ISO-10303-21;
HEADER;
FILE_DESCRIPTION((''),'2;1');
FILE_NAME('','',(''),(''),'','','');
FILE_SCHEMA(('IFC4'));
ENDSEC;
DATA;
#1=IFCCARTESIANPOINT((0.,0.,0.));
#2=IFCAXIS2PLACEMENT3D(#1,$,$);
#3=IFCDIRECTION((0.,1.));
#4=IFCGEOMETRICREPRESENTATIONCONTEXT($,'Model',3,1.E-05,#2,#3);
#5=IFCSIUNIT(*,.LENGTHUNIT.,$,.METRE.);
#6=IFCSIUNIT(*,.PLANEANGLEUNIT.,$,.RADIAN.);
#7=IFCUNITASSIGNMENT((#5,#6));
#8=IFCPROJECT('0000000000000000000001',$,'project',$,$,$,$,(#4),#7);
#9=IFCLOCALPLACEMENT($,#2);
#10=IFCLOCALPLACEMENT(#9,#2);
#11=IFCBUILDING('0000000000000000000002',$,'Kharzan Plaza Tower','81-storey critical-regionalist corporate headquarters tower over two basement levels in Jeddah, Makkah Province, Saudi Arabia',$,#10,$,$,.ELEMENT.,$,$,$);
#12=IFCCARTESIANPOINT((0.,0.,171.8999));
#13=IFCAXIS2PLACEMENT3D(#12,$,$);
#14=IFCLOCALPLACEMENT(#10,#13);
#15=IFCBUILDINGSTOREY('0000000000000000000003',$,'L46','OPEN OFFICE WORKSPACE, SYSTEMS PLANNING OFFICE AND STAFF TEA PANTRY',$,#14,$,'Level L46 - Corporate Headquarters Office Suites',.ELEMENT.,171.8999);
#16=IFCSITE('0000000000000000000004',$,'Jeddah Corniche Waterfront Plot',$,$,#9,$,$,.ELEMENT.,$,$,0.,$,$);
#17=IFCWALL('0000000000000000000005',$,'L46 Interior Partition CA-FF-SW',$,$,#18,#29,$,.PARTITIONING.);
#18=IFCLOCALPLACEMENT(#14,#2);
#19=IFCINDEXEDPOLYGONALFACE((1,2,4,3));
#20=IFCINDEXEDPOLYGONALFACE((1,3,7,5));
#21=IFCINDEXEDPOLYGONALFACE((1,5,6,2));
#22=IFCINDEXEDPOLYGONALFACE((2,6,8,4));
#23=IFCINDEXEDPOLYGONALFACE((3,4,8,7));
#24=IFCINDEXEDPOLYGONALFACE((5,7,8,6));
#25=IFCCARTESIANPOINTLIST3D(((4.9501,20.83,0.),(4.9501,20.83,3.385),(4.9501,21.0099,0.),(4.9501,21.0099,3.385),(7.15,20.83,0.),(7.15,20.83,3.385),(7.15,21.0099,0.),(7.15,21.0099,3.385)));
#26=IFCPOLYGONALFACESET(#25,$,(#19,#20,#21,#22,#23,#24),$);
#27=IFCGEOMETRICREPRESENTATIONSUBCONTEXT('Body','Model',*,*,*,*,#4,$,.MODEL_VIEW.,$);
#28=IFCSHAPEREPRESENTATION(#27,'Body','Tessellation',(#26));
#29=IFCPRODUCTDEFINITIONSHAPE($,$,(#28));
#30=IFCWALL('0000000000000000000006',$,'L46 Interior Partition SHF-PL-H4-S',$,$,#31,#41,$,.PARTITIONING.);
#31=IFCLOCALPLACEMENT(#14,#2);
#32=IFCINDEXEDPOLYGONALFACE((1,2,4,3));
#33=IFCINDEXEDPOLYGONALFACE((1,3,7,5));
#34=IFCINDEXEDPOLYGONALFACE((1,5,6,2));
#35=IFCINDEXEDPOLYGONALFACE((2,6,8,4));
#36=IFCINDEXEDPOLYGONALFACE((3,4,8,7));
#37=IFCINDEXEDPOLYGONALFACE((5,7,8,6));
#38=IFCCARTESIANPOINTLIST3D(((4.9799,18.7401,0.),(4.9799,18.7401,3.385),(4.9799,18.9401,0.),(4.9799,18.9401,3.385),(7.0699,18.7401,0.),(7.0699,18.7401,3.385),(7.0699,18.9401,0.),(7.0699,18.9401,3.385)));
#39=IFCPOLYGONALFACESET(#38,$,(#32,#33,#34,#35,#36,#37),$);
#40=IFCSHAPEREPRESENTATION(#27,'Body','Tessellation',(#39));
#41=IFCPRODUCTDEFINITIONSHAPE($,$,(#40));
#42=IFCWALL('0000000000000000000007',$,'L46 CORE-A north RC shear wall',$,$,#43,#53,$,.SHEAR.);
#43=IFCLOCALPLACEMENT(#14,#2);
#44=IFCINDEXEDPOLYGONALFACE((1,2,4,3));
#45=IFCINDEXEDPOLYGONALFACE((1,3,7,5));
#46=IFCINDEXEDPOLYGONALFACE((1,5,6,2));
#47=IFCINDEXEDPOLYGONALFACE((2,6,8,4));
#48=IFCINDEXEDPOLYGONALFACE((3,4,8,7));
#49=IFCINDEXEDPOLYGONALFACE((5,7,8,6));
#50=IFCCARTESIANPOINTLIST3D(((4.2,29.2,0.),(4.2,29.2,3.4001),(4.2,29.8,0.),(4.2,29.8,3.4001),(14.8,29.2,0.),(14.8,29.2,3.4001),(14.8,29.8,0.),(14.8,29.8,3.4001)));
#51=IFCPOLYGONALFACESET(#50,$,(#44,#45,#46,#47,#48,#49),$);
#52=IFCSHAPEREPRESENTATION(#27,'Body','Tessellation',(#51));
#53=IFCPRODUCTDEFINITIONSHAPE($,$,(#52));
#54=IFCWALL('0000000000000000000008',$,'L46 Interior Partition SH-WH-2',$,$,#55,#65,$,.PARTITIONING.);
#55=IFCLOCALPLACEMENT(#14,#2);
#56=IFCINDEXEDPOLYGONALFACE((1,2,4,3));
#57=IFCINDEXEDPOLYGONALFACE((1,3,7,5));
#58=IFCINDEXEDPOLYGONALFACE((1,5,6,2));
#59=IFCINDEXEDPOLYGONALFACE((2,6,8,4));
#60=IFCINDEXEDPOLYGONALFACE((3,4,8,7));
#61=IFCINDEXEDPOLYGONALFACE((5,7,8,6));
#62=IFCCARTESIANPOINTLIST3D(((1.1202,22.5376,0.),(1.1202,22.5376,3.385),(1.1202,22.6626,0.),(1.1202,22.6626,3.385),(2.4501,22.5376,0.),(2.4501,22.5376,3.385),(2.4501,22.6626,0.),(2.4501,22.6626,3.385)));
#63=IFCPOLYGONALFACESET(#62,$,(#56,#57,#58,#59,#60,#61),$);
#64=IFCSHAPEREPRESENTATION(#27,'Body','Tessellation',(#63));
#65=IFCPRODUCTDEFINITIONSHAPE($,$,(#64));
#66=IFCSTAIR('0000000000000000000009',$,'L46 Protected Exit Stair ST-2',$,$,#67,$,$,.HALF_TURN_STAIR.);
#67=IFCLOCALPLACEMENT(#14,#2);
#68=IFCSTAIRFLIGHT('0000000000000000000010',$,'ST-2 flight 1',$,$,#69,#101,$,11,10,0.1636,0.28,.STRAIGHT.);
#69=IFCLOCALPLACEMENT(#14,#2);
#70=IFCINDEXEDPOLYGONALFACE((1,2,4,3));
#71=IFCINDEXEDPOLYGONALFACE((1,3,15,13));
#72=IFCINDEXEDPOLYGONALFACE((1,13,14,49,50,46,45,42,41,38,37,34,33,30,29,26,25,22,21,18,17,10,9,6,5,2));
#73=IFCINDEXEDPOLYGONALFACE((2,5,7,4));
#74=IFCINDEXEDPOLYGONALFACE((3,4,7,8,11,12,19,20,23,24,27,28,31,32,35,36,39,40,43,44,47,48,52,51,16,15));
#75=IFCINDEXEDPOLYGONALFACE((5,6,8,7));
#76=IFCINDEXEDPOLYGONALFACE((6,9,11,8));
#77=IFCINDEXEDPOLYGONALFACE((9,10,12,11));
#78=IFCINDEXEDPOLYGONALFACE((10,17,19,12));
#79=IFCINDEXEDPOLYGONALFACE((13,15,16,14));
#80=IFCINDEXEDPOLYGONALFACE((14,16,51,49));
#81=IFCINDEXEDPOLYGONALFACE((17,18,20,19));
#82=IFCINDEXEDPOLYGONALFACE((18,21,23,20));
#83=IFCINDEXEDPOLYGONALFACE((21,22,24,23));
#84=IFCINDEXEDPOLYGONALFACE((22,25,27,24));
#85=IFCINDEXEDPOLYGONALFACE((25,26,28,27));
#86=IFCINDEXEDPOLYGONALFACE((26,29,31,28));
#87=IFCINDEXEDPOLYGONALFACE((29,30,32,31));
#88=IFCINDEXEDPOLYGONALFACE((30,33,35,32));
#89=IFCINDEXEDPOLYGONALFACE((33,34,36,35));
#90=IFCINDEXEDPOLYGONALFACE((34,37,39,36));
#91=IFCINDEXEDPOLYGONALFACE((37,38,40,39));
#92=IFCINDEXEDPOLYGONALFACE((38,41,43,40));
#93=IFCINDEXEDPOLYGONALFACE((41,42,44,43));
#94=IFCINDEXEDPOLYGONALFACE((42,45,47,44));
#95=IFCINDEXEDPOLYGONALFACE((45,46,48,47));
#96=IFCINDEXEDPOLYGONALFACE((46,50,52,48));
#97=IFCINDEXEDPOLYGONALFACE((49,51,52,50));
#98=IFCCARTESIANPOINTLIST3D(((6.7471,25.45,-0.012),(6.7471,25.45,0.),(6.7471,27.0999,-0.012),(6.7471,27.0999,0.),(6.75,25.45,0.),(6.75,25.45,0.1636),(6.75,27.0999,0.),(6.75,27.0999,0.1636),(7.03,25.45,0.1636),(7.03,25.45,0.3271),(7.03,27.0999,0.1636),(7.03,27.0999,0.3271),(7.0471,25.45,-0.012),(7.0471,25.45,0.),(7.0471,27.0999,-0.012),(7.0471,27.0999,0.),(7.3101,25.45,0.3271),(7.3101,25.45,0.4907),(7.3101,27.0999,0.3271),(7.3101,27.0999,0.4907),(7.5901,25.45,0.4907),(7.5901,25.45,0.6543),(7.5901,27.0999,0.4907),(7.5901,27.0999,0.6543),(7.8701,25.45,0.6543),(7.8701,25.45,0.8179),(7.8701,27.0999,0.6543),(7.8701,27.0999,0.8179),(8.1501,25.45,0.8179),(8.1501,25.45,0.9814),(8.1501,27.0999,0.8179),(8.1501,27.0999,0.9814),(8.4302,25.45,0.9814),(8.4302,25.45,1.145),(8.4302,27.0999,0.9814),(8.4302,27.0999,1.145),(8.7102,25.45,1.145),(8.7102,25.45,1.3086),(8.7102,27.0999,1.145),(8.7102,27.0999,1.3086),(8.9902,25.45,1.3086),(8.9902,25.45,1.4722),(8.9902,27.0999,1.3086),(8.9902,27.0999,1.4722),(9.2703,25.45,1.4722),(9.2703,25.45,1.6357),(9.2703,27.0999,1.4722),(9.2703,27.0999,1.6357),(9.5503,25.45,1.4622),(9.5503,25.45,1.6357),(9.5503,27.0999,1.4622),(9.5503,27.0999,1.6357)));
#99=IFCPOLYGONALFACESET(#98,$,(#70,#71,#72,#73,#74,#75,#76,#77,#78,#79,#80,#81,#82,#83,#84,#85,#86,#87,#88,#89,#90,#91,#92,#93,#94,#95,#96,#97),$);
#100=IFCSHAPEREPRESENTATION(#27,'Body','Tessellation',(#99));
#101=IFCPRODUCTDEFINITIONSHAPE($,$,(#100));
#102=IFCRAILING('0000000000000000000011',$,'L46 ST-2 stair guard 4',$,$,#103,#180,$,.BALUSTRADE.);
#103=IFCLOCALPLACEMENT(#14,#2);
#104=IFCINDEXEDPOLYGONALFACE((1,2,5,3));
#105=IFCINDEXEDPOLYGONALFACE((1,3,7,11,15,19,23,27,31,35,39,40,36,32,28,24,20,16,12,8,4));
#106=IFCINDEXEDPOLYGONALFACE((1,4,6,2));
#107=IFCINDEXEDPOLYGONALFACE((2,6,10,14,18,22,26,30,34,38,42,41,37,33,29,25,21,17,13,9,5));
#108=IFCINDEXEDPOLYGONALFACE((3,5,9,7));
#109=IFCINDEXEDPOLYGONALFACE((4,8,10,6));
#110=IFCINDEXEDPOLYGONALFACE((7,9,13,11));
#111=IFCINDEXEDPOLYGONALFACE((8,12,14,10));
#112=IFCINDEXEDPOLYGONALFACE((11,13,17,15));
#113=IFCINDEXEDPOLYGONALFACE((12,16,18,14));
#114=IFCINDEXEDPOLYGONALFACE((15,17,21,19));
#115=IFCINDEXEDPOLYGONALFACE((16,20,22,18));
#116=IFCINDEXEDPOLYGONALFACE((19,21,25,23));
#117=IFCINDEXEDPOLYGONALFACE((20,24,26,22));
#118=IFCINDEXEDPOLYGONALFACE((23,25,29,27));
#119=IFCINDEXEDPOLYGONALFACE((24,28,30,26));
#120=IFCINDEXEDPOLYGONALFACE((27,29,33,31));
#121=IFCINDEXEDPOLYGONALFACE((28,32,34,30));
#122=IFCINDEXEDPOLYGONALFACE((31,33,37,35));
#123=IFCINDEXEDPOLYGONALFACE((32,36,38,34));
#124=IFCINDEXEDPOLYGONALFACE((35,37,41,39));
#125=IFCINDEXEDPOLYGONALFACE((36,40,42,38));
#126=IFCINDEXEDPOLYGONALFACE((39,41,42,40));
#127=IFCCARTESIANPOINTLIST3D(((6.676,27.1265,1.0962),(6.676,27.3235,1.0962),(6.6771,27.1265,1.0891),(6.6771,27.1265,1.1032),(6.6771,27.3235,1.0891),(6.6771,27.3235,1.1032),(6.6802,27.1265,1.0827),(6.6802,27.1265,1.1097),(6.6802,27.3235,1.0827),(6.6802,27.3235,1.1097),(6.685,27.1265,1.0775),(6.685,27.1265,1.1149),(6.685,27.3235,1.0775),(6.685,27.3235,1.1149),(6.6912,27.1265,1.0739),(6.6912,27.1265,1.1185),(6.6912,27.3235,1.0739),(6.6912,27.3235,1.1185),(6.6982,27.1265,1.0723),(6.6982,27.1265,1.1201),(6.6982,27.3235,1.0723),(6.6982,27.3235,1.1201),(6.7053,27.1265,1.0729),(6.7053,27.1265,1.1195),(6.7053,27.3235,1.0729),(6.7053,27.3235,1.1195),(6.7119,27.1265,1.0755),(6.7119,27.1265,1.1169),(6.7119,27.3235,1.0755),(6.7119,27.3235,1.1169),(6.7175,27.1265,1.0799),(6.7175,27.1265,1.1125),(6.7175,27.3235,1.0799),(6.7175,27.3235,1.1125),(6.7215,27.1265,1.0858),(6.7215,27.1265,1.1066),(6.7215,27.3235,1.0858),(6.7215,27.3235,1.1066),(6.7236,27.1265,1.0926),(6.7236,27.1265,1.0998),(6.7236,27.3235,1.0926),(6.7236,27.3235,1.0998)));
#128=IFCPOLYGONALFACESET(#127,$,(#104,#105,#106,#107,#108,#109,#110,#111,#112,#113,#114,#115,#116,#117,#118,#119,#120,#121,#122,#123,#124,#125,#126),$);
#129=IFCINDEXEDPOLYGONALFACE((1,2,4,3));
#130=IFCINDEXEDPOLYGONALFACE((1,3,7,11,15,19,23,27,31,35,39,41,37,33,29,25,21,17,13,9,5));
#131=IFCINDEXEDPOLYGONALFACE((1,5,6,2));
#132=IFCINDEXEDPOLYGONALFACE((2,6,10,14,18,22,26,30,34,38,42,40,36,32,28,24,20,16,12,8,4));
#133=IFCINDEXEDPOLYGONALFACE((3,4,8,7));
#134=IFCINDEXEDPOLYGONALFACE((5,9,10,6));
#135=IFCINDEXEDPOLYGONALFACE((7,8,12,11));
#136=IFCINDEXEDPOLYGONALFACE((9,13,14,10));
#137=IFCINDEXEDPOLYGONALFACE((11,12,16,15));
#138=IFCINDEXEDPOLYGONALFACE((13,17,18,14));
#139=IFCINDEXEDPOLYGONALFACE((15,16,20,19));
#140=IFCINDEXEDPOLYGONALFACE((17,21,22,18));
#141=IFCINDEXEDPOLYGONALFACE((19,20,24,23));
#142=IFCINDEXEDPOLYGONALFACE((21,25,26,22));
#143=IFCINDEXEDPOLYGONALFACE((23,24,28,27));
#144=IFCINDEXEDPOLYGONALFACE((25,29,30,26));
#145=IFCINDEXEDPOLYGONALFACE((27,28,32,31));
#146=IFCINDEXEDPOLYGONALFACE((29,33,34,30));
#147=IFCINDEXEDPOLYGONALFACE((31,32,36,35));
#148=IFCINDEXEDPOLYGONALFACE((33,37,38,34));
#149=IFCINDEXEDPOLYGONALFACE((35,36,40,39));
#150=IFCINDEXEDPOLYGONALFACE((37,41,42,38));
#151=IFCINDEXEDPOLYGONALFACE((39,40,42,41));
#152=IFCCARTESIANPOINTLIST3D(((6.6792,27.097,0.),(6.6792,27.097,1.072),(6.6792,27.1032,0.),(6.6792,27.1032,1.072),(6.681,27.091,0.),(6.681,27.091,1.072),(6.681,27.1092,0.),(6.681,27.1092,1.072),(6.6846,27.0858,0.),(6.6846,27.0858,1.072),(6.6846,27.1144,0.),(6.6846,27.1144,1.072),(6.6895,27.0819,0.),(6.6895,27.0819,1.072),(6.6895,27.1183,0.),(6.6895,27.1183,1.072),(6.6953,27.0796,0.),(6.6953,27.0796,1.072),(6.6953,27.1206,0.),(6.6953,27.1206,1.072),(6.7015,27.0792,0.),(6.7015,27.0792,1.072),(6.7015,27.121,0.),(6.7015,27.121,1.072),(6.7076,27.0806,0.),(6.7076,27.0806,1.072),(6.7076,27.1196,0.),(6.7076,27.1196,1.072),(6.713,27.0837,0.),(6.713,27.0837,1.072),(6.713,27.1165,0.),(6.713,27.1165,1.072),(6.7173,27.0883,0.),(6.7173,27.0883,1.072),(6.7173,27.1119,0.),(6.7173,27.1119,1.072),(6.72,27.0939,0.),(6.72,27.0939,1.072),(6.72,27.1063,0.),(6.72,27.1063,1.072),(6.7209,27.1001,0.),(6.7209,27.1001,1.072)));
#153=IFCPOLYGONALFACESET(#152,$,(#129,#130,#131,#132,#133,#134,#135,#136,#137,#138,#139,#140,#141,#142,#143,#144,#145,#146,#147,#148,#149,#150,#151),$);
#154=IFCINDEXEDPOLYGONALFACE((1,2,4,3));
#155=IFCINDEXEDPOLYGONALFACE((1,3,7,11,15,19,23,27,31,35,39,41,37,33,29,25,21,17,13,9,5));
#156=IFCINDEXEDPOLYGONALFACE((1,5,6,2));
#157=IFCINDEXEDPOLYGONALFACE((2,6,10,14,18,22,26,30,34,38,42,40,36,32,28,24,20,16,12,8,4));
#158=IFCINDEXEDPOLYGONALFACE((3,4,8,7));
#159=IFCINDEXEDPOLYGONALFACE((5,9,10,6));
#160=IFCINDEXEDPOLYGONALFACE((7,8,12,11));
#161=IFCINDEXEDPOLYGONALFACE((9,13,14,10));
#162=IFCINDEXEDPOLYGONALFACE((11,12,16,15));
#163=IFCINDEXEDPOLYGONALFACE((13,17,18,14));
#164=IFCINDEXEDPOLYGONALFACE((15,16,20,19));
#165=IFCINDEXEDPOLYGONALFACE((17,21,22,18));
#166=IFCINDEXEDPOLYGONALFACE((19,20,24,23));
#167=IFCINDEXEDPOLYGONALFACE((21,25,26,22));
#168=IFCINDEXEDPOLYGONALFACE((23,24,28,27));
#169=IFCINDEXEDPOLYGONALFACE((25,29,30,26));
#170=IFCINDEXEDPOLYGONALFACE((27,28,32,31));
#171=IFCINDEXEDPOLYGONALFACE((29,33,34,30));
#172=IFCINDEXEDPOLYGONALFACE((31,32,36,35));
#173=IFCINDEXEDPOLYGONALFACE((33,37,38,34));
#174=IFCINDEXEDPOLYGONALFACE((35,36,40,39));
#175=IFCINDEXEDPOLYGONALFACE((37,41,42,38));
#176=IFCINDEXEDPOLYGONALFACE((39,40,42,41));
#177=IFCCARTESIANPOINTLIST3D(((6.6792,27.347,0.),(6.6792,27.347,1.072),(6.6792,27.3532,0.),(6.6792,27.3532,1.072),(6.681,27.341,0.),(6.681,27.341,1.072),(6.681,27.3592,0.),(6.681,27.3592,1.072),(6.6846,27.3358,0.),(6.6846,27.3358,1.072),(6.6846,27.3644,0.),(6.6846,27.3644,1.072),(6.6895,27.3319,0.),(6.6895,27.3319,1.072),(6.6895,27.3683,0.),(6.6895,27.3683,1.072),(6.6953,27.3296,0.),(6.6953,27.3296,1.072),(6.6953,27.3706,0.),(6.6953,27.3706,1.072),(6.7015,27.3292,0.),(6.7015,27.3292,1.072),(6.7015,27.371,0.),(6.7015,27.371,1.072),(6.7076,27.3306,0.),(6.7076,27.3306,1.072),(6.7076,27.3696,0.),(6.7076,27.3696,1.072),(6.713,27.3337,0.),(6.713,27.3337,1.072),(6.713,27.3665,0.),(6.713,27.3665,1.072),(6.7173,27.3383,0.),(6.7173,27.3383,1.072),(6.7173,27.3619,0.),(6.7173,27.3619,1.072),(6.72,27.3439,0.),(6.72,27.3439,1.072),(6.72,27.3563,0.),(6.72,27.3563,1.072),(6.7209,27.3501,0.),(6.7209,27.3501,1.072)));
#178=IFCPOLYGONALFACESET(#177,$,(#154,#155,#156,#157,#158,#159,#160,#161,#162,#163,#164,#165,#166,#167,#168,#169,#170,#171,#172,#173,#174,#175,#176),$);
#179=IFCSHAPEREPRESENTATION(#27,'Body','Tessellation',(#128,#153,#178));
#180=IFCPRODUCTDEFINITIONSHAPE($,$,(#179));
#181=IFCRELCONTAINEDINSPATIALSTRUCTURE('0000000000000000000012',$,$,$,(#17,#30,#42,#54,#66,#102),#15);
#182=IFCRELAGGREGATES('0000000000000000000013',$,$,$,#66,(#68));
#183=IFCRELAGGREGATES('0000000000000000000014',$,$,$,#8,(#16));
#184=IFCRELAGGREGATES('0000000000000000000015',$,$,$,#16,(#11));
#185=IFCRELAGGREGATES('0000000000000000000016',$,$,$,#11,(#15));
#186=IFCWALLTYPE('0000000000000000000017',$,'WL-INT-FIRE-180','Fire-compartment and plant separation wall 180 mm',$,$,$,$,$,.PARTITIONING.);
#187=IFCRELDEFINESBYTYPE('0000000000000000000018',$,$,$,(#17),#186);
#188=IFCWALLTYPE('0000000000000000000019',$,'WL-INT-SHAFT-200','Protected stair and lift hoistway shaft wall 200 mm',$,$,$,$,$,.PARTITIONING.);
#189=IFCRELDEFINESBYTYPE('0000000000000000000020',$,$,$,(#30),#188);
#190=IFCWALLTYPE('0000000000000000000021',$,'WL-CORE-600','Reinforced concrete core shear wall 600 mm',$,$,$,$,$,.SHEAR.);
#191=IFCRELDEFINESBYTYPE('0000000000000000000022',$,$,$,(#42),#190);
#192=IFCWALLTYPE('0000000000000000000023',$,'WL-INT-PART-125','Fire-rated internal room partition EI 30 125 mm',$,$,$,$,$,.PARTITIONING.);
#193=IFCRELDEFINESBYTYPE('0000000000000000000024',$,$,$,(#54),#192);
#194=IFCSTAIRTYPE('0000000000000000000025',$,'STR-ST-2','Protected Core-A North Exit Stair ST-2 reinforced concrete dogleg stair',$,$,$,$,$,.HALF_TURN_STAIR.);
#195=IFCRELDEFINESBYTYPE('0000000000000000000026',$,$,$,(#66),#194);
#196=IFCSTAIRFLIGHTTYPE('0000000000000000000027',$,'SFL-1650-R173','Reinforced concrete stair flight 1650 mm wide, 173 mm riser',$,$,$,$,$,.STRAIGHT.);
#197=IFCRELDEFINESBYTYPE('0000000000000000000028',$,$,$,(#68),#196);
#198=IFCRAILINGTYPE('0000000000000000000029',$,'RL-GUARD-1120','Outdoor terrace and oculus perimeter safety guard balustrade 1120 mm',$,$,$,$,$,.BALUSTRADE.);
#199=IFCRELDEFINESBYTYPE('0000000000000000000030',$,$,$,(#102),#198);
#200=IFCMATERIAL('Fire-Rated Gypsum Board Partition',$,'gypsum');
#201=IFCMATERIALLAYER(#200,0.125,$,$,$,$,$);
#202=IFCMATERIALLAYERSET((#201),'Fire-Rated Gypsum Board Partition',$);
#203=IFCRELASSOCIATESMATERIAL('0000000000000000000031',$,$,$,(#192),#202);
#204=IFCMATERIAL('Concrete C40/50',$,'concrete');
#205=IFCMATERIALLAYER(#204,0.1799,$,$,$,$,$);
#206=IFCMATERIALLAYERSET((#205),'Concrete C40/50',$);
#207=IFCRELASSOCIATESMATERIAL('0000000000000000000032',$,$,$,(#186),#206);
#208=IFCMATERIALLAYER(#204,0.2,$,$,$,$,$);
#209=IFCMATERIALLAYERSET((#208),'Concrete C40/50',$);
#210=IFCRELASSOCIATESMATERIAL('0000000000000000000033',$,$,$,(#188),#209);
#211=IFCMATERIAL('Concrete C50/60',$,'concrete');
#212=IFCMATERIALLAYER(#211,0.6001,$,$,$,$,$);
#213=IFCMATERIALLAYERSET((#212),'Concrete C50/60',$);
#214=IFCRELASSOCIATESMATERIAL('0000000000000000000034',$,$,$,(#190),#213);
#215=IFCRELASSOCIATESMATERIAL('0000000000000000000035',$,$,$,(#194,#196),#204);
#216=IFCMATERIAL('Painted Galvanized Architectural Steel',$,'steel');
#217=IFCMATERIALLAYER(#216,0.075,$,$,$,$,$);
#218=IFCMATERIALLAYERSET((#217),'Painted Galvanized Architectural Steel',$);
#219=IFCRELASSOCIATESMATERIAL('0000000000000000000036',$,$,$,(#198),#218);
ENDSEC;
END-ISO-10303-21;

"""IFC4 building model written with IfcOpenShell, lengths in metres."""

from ifc_helpers import new_model, si_unit, direction, frame, frame_2d, origin, origin_2d, place, context, subcontext, project, spatial, polyline, rectangle, circle, outline, extrude, source, transform, mapped, material, layer, layer_set, type_object, element, aggregate, save


model = new_model("IFC4")

# Units and contexts
model_context = context("Model", 3, precision=1e-05, world=origin(), true_north=direction((0.0, 1.0)))
body_context = subcontext(model_context, "Body", "Model", "MODEL_VIEW")
ifc_project = project(units=[si_unit("LENGTHUNIT", "METRE"), si_unit("PLANEANGLEUNIT", "RADIAN")], contexts=[model_context])

# Site, building, storey
site_placement = place(None, origin())
site = spatial("IfcSite", under=ifc_project, at=site_placement, Name="Jeddah Corniche Waterfront Plot", CompositionType="ELEMENT", RefElevation=0.0)
building_placement = place(site_placement, origin())
building = spatial("IfcBuilding", under=site, at=building_placement, Name="Kharzan Plaza Tower", Description="81-storey critical-regionalist corporate headquarters tower over two basement levels in Jeddah, Makkah Province, Saudi Arabia", CompositionType="ELEMENT")
storey_placement = place(building_placement, frame((0.0, 0.0, 171.8999)))
storey = spatial("IfcBuildingStorey", under=building, at=storey_placement, Name="L46", Description="OPEN OFFICE WORKSPACE, SYSTEMS PLANNING OFFICE AND STAFF TEA PANTRY", LongName="Level L46 - Corporate Headquarters Office Suites", CompositionType="ELEMENT", Elevation=171.8999)

# Shared definitions
ifc_material_1 = material(Name="Concrete C50/60", Category="concrete")

# Shared definitions
ifc_material_2 = material(Name="Concrete C40/50", Category="concrete")

# Shared definitions
ifc_material_3 = material(Name="Fire-Rated Gypsum Board Partition", Category="gypsum")
ifc_layer_1 = layer(ifc_material_3, 0.125)
ifc_layer_set_1 = layer_set([ifc_layer_1], Name="Fire-Rated Gypsum Board Partition")
wall_type_1 = type_object("IfcWallType", Name="WL-INT-PART-125", Description="Fire-rated internal room partition EI 30 125 mm", PredefinedType="PARTITIONING", material=ifc_layer_set_1)

# Walls
ifc_layer_2 = layer(ifc_material_2, 0.1799)
ifc_layer_set_2 = layer_set([ifc_layer_2], Name="Concrete C40/50")
wall_type_2 = type_object("IfcWallType", Name="WL-INT-FIRE-180", Description="Fire-compartment and plant separation wall 180 mm", PredefinedType="PARTITIONING", material=ifc_layer_set_2)
shared_shape_1 = source(origin(), body_context, "Body", "SweptSolid", [
    extrude(rectangle(XDim=2.2, YDim=0.1799, at=frame_2d((1.1001, 0.0))), origin(), (0.0, 0.0, 1.0), 3.385),
])
wall_1_placement = place(storey_placement, frame((4.95, 20.9199, 0.0), z_axis=(0.0, 0.0, 1.0), x_axis=(1.0, 0.0, 0.0)))
element("IfcWall", 1, at=wall_1_placement, inside=storey, type_object=wall_type_2, Name="L46 Interior Partition CA-FF-SW", PredefinedType="PARTITIONING", context=body_context, shape_type="MappedRepresentation", body=[
    mapped(shared_shape_1, transform((0.0, 0.0, 0.0), x_axis=(1.0, 0.0, 0.0), y_axis=(0.0, 1.0, 0.0), z_axis=(0.0, 0.0, 1.0))),
])
ifc_layer_3 = layer(ifc_material_2, 0.2)
ifc_layer_set_3 = layer_set([ifc_layer_3], Name="Concrete C40/50")
wall_type_3 = type_object("IfcWallType", Name="WL-INT-SHAFT-200", Description="Protected stair and lift hoistway shaft wall 200 mm", PredefinedType="PARTITIONING", material=ifc_layer_set_3)
shared_shape_2 = source(origin(), body_context, "Body", "SweptSolid", [
    extrude(rectangle(XDim=2.0901, YDim=0.2, at=frame_2d((1.0449, 0.0))), origin(), (0.0, 0.0, 1.0), 3.385),
])
wall_2_placement = place(storey_placement, frame((4.98, 18.8401, 0.0), z_axis=(0.0, 0.0, 1.0), x_axis=(1.0, 0.0, 0.0)))
element("IfcWall", 2, at=wall_2_placement, inside=storey, type_object=wall_type_3, Name="L46 Interior Partition SHF-PL-H4-S", PredefinedType="PARTITIONING", context=body_context, shape_type="MappedRepresentation", body=[
    mapped(shared_shape_2, transform((0.0, 0.0, 0.0), x_axis=(1.0, 0.0, 0.0), y_axis=(0.0, 1.0, 0.0), z_axis=(0.0, 0.0, 1.0))),
])
ifc_layer_4 = layer(ifc_material_1, 0.6001)
ifc_layer_set_4 = layer_set([ifc_layer_4], Name="Concrete C50/60")
wall_type_4 = type_object("IfcWallType", Name="WL-CORE-600", Description="Reinforced concrete core shear wall 600 mm", PredefinedType="SHEAR", material=ifc_layer_set_4)
shared_shape_3 = source(origin(), body_context, "Body", "SweptSolid", [
    extrude(rectangle(XDim=10.6001, YDim=0.6001, at=frame_2d((5.3, 0.0))), origin(), (0.0, 0.0, 1.0), 3.4001),
])
wall_3_placement = place(storey_placement, frame((4.2, 29.5, 0.0), z_axis=(0.0, 0.0, 1.0), x_axis=(1.0, 0.0, 0.0)))
element("IfcWall", 3, at=wall_3_placement, inside=storey, type_object=wall_type_4, Name="L46 CORE-A north RC shear wall", PredefinedType="SHEAR", context=body_context, shape_type="MappedRepresentation", body=[
    mapped(shared_shape_3, transform((0.0, 0.0, 0.0), x_axis=(1.0, 0.0, 0.0), y_axis=(0.0, 1.0, 0.0), z_axis=(0.0, 0.0, 1.0))),
])
shared_shape_4 = source(origin(), body_context, "Body", "SweptSolid", [
    extrude(rectangle(XDim=1.3298, YDim=0.125, at=frame_2d((0.665, 0.0))), origin(), (0.0, 0.0, 1.0), 3.385),
])
wall_4_placement = place(storey_placement, frame((1.1201, 22.6001, 0.0), z_axis=(0.0, 0.0, 1.0), x_axis=(1.0, 0.0, 0.0)))
element("IfcWall", 4, at=wall_4_placement, inside=storey, type_object=wall_type_1, Name="L46 Interior Partition SH-WH-2", PredefinedType="PARTITIONING", context=body_context, shape_type="MappedRepresentation", body=[
    mapped(shared_shape_4, transform((0.0, 0.0, 0.0), x_axis=(1.0, 0.0, 0.0), y_axis=(0.0, 1.0, 0.0), z_axis=(0.0, 0.0, 1.0))),
])

# Stair, stair flight
stair_type = type_object("IfcStairType", Name="STR-ST-2", Description="Protected Core-A North Exit Stair ST-2 reinforced concrete dogleg stair", PredefinedType="HALF_TURN_STAIR", material=ifc_material_2)
stair_placement = place(storey_placement, origin())
stair = element("IfcStair", 5, at=stair_placement, inside=storey, type_object=stair_type, Name="L46 Protected Exit Stair ST-2", PredefinedType="HALF_TURN_STAIR")
stair_flight_type = type_object("IfcStairFlightType", Name="SFL-1650-R173", Description="Reinforced concrete stair flight 1650 mm wide, 173 mm riser", PredefinedType="STRAIGHT", material=ifc_material_2)
shared_shape_5 = source(origin(), body_context, "Body", "SweptSolid", [
    extrude(outline(polyline([(-0.0029, -0.012), (-0.0029, 0.0), (0.0, 0.0), (0.0, 0.1636), (0.28, 0.1636), (0.28, 0.3271), (0.5601, 0.3271), (0.5601, 0.4907), (0.8401, 0.4907), (0.8401, 0.6543), (1.1201, 0.6543), (1.1201, 0.8179), (1.4001, 0.8179), (1.4001, 0.9814), (1.6802, 0.9814), (1.6802, 1.145), (1.9602, 1.145), (1.9602, 1.3086), (2.2402, 1.3086), (2.2402, 1.4722), (2.5203, 1.4722), (2.5203, 1.6357), (2.8003, 1.6357), (2.8003, 1.7993), (2.8003, 1.4622), (0.2971, 0.0), (0.2971, -0.012), (-0.0029, -0.012)])), frame((0.0, 0.825, 0.0), z_axis=(0.0, -1.0, 0.0), x_axis=(1.0, 0.0, 0.0)), (0.0, 0.0, 1.0), 1.6499),
])
stair_flight_placement = place(storey_placement, frame((6.75, 26.2749, 0.0), z_axis=(0.0, 0.0, 1.0), x_axis=(1.0, 0.0, 0.0)))
stair_flight = element("IfcStairFlight", 6, at=stair_flight_placement, type_object=stair_flight_type, Name="ST-2 flight 1", NumberOfRisers=11, NumberOfTreads=10, PredefinedType="STRAIGHT", RiserHeight=0.1636, TreadLength=0.28, context=body_context, shape_type="MappedRepresentation", body=[
    mapped(shared_shape_5, transform((0.0, 0.0, 0.0), x_axis=(1.0, 0.0, 0.0), y_axis=(0.0, 1.0, 0.0), z_axis=(0.0, 0.0, 1.0))),
])
aggregate(stair, [stair_flight])

# Railing
ifc_material_4 = material(Name="Painted Galvanized Architectural Steel", Category="steel")
ifc_layer_5 = layer(ifc_material_4, 0.075)
ifc_layer_set_5 = layer_set([ifc_layer_5], Name="Painted Galvanized Architectural Steel")
railing_type_1 = type_object("IfcRailingType", Name="RL-GUARD-1120", Description="Outdoor terrace and oculus perimeter safety guard balustrade 1120 mm", PredefinedType="BALUSTRADE", material=ifc_layer_set_5)
shared_shape_6 = source(origin(), body_context, "Body", "SweptSolid", [
    extrude(circle(Radius=0.0239, at=origin_2d()), frame((0.0, 0.0264, 1.0962), z_axis=(0.0, 1.0, 0.0), x_axis=(-1.0, 0.0, 0.0)), (0.0, 0.0, 1.0), 0.197),
    extrude(circle(Radius=0.021, at=origin_2d()), origin(), (0.0, 0.0, 1.0), 1.072),
    extrude(circle(Radius=0.021, at=origin_2d()), frame((0.0, 0.25, 0.0)), (0.0, 0.0, 1.0), 1.072),
])
railing_1_placement = place(storey_placement, frame((6.7, 27.1001, 0.0)))
element("IfcRailing", 7, at=railing_1_placement, inside=storey, type_object=railing_type_1, Name="L46 ST-2 stair guard 4", PredefinedType="BALUSTRADE", context=body_context, shape_type="MappedRepresentation", body=[
    mapped(shared_shape_6, transform((0.0, 0.0, 0.0), x_axis=(1.0, 0.0, 0.0), y_axis=(0.0, 1.0, 0.0), z_axis=(0.0, 0.0, 1.0))),
])

save(model, "model.ifc")
